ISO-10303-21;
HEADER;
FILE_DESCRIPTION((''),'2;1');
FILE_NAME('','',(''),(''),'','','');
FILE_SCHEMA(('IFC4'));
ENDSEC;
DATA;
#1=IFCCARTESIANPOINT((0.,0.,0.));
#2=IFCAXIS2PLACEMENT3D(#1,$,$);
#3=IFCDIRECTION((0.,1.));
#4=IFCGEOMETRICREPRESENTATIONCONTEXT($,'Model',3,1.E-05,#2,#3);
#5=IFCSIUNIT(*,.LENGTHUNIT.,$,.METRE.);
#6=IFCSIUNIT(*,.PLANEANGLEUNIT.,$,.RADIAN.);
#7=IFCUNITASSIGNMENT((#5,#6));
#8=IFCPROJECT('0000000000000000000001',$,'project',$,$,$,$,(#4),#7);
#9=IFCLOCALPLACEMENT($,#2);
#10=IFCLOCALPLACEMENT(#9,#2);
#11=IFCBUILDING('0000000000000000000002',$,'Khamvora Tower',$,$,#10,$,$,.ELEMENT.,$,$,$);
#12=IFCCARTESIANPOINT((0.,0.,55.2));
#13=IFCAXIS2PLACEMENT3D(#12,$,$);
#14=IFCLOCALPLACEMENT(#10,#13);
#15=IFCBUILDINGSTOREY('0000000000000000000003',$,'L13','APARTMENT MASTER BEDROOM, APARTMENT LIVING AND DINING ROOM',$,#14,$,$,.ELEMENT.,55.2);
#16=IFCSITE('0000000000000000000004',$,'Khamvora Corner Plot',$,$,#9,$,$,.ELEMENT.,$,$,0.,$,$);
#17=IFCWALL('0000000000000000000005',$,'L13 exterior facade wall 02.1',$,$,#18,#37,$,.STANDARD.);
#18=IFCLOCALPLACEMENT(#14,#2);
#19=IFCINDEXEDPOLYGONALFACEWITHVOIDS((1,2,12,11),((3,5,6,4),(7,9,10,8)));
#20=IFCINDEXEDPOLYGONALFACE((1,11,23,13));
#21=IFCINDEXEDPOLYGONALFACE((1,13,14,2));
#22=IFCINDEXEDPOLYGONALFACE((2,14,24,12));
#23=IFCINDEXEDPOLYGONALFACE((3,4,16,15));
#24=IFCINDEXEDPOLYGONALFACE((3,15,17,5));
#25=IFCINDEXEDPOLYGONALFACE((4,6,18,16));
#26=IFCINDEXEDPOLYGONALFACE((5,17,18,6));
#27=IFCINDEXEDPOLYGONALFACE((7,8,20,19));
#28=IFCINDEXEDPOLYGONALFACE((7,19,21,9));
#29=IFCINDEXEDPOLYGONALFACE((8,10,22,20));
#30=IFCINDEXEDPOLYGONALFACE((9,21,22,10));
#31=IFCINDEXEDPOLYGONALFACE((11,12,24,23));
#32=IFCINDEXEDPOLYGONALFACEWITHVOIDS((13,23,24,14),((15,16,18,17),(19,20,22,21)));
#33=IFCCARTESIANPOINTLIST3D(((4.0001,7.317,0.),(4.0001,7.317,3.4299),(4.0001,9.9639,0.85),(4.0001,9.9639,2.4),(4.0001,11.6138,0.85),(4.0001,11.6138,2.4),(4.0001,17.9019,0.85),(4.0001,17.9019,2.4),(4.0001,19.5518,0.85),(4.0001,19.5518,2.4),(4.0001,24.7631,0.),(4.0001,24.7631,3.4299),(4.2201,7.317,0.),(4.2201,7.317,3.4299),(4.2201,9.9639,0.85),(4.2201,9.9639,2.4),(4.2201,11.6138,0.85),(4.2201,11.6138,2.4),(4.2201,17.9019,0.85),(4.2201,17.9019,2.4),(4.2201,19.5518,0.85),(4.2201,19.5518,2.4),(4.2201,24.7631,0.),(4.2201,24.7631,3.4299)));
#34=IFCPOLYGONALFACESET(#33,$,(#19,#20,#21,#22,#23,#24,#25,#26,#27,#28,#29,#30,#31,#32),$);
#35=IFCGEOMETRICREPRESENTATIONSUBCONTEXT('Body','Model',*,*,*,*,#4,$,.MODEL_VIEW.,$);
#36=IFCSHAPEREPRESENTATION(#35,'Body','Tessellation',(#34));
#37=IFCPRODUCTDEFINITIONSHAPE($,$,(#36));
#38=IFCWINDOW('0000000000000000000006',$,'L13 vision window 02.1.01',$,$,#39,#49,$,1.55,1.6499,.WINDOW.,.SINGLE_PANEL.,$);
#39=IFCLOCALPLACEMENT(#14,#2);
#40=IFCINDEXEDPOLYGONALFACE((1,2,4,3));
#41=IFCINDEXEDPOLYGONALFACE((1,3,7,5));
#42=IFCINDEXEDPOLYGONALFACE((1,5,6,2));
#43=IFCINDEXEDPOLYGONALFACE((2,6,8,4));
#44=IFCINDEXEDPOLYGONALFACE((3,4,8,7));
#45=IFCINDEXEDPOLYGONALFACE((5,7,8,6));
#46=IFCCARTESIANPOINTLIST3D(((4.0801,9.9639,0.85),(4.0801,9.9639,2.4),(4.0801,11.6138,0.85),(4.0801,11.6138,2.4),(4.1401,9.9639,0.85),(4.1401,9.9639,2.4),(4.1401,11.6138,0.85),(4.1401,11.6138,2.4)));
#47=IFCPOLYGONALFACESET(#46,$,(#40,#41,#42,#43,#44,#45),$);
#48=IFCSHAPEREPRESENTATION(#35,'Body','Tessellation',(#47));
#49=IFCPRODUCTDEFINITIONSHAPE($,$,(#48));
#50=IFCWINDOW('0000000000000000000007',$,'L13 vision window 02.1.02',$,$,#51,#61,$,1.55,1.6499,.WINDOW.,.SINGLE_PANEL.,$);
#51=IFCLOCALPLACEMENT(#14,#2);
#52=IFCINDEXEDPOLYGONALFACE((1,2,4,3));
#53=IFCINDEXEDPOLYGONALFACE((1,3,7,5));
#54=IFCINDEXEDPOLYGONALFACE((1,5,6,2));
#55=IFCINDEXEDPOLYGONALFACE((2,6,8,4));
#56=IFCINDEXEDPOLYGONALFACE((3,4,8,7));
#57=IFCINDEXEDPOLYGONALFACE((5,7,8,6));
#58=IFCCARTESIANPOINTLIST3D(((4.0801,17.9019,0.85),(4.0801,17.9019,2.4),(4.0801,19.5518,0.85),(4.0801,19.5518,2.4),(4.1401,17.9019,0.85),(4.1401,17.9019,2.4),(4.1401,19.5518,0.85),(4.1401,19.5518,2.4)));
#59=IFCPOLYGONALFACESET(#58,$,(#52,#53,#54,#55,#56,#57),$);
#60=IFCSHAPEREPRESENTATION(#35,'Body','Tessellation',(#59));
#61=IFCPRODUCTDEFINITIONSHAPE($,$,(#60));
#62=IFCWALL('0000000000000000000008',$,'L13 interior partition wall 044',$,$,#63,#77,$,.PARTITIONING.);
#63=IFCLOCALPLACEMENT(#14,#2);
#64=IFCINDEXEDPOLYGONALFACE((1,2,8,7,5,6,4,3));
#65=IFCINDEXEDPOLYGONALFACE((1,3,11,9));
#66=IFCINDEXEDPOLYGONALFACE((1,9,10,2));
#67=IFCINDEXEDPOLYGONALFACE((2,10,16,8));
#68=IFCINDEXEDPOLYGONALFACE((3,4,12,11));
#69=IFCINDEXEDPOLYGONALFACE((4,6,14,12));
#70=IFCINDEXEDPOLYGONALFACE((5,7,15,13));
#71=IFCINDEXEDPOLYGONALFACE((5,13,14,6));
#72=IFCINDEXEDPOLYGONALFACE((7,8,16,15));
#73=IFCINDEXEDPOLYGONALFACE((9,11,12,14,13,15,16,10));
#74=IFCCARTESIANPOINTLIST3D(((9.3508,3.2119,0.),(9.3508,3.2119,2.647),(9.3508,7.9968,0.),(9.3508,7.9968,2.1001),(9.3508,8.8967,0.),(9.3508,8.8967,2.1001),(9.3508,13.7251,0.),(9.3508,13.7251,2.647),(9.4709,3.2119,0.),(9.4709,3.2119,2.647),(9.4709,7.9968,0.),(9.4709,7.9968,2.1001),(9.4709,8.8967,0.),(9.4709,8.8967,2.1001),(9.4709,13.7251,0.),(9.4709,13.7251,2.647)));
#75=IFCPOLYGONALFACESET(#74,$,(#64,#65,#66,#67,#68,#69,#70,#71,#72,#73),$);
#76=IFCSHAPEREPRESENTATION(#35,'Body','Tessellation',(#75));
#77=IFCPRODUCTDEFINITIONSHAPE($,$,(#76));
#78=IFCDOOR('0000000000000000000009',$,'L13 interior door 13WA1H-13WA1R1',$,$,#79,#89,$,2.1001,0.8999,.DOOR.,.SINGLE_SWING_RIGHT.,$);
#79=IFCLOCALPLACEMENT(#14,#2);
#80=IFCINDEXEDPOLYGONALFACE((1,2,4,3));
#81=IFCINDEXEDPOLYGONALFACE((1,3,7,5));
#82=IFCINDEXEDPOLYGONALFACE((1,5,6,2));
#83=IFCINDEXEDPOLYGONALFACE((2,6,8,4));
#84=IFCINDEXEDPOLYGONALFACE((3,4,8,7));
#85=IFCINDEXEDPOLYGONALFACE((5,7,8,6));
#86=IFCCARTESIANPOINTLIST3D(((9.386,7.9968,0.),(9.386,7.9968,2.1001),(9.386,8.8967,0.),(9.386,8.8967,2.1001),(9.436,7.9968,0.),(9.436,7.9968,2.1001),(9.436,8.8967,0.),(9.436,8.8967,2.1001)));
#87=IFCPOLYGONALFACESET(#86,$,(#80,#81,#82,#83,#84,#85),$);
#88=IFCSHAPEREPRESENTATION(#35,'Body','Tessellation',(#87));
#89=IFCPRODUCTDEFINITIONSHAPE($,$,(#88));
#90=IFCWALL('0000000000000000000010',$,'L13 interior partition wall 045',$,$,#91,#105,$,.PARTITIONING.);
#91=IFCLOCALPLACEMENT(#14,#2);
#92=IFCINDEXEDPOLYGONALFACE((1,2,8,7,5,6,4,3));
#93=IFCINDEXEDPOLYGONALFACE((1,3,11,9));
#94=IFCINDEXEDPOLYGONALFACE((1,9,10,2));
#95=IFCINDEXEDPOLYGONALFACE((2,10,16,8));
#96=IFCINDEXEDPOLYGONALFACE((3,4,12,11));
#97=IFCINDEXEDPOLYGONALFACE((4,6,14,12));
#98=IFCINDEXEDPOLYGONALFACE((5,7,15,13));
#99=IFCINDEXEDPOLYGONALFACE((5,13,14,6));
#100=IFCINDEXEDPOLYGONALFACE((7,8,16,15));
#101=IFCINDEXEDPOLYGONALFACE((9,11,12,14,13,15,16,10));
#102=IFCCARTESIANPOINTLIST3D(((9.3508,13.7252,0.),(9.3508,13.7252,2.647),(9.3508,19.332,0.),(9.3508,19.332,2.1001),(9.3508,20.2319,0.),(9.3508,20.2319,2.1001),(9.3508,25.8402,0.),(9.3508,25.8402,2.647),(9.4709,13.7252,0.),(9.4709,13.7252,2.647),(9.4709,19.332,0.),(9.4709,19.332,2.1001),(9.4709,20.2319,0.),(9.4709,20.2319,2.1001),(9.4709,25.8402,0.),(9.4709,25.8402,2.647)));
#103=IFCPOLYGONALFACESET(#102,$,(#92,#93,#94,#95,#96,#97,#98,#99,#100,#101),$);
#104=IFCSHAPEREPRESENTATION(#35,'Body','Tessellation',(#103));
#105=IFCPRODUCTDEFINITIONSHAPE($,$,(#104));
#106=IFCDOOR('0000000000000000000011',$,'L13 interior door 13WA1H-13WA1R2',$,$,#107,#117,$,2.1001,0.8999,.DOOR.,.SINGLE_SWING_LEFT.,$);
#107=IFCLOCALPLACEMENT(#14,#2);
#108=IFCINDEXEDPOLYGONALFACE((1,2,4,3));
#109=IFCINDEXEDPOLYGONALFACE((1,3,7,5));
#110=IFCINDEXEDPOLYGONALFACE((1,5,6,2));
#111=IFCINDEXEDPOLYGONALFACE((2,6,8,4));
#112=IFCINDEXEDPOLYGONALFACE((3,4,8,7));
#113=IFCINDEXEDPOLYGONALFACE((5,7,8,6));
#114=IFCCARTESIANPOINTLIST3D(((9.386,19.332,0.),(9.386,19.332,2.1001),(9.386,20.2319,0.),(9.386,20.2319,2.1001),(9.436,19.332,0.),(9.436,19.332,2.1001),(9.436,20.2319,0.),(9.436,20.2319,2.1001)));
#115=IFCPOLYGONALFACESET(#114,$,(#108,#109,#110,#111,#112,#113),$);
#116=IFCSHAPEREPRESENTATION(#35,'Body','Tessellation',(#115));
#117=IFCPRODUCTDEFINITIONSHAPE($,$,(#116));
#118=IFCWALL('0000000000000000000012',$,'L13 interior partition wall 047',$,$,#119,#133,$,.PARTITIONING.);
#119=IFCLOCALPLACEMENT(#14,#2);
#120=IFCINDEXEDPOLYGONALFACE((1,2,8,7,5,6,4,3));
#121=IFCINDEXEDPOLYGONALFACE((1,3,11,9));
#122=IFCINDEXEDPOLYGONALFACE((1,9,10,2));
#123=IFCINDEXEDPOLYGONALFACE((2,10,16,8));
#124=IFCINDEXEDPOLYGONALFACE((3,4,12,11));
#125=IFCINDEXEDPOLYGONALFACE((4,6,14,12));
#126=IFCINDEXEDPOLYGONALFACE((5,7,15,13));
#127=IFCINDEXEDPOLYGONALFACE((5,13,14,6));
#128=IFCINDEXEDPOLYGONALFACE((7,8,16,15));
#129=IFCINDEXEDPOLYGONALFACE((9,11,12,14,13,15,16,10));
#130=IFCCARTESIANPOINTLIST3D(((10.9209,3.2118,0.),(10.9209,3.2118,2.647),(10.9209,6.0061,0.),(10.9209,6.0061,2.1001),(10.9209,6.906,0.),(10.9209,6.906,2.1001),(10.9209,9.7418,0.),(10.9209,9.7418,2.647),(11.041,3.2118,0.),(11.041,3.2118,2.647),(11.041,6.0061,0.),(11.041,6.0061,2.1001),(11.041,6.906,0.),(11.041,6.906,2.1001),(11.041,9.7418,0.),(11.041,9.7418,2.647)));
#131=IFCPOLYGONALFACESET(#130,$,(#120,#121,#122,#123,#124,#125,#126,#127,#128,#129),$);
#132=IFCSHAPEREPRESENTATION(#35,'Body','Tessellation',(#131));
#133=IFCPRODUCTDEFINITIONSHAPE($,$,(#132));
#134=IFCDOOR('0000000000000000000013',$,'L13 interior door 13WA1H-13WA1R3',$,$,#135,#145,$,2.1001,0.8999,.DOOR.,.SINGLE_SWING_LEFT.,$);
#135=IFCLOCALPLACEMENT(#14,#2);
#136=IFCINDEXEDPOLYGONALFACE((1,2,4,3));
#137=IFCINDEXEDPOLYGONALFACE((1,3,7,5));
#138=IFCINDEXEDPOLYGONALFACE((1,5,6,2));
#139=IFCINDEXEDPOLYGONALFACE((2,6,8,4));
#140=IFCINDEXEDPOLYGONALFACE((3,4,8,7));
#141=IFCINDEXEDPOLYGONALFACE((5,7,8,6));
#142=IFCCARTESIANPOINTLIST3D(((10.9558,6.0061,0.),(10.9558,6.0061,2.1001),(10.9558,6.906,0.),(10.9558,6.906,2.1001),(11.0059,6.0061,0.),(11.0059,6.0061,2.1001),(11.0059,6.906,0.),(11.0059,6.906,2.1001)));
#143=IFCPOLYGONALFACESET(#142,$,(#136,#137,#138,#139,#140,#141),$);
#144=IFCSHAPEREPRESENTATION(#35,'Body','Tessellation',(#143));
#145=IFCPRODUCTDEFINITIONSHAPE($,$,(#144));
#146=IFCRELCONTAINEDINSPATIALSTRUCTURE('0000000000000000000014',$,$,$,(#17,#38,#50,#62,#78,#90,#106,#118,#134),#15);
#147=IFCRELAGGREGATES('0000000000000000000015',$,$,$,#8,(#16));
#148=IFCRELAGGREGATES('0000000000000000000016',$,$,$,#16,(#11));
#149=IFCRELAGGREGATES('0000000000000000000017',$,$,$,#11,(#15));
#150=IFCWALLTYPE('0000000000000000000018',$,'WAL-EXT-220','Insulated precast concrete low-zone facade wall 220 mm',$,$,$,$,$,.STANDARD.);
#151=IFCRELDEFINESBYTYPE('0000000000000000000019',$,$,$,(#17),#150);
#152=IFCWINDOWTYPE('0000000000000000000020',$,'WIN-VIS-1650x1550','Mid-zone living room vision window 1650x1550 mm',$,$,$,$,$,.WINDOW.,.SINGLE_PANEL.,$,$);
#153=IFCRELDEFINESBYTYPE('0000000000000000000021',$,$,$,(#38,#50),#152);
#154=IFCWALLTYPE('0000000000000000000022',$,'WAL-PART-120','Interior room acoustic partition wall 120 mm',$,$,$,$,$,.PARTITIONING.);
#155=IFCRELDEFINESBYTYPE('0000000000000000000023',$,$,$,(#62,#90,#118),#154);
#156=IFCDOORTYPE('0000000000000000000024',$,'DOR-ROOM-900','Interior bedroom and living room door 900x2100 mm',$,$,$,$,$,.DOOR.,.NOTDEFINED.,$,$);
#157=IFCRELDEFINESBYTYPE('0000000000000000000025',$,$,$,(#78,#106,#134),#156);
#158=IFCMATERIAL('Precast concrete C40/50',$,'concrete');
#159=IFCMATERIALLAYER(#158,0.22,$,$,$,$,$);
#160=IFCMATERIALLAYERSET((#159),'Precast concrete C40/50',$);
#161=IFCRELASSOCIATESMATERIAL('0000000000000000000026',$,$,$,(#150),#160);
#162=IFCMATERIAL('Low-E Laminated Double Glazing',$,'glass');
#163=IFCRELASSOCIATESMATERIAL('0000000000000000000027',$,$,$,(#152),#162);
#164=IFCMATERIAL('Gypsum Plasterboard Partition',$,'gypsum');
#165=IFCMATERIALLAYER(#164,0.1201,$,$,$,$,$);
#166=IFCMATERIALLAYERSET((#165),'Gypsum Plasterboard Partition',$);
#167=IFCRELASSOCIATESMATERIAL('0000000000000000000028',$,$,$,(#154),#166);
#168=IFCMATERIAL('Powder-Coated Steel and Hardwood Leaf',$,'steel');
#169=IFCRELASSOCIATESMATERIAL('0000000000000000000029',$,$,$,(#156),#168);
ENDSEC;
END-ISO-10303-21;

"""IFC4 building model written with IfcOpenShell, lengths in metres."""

from ifc_helpers import new_model, si_unit, direction, frame, frame_2d, origin, place, context, subcontext, project, spatial, rectangle, extrude, material, layer, layer_set, type_object, element, fill, save


model = new_model("IFC4")

# Units and contexts
model_context = context("Model", 3, precision=1e-05, world=origin(), true_north=direction((0.0, 1.0)))
body_context = subcontext(model_context, "Body", "Model", "MODEL_VIEW")
ifc_project = project(units=[si_unit("LENGTHUNIT", "METRE"), si_unit("PLANEANGLEUNIT", "RADIAN")], contexts=[model_context])

# Site, building, storey
site_placement = place(None, origin())
site = spatial("IfcSite", under=ifc_project, at=site_placement, Name="Khamvora Corner Plot", CompositionType="ELEMENT", RefElevation=0.0)
building_placement = place(site_placement, origin())
building = spatial("IfcBuilding", under=site, at=building_placement, Name="Khamvora Tower", CompositionType="ELEMENT")
storey_placement = place(building_placement, frame((0.0, 0.0, 55.2)))
storey = spatial("IfcBuildingStorey", under=building, at=storey_placement, Name="L13", Description="APARTMENT MASTER BEDROOM, APARTMENT LIVING AND DINING ROOM", CompositionType="ELEMENT", Elevation=55.2)

# Shared definitions
ifc_material_1 = material(Name="Precast concrete C40/50", Category="concrete")
ifc_layer_1 = layer(ifc_material_1, 0.22)
ifc_layer_set_1 = layer_set([ifc_layer_1], Name="Precast concrete C40/50")
wall_type_1 = type_object("IfcWallType", Name="WAL-EXT-220", Description="Insulated precast concrete low-zone facade wall 220 mm", PredefinedType="STANDARD", material=ifc_layer_set_1)

# Wall, openings, windows
wall_1_placement = place(storey_placement, frame((4.1101, 7.3169, 0.0), z_axis=(0.0, 0.0, 1.0), x_axis=(0.0, 1.0, 0.0)))
wall_1 = element("IfcWall", 1, at=wall_1_placement, inside=storey, type_object=wall_type_1, Name="L13 exterior facade wall 02.1", PredefinedType="STANDARD", context=body_context, shape_type="SweptSolid", body=[
    extrude(rectangle(XDim=17.446, YDim=0.22, at=frame_2d((8.7231, 0.0))), origin(), (0.0, 0.0, 1.0), 3.4299),
])
opening_1_placement = place(wall_1_placement, frame((2.647, 0.0, 0.8501)))
opening_1 = element("IfcOpeningElement", 2, at=opening_1_placement, cuts=wall_1, PredefinedType="OPENING", context=body_context, shape_type="SweptSolid", body=[
    extrude(rectangle(XDim=1.6499, YDim=1.55, at=frame_2d((0.825, 0.7749))), frame((0.0, 0.1199, 0.0), z_axis=(0.0, -1.0, 0.0), x_axis=(1.0, 0.0, 0.0)), (0.0, 0.0, 1.0), 0.24),
])
opening_2_placement = place(wall_1_placement, frame((10.585, 0.0, 0.8501)))
opening_2 = element("IfcOpeningElement", 3, at=opening_2_placement, cuts=wall_1, PredefinedType="OPENING", context=body_context, shape_type="SweptSolid", body=[
    extrude(rectangle(XDim=1.6499, YDim=1.55, at=frame_2d((0.825, 0.7749))), frame((0.0, 0.1199, 0.0), z_axis=(0.0, -1.0, 0.0), x_axis=(1.0, 0.0, 0.0)), (0.0, 0.0, 1.0), 0.24),
])
ifc_material_2 = material(Name="Low-E Laminated Double Glazing", Category="glass")
window_type = type_object("IfcWindowType", Name="WIN-VIS-1650x1550", Description="Mid-zone living room vision window 1650x1550 mm", PartitioningType="SINGLE_PANEL", PredefinedType="WINDOW", material=ifc_material_2)
window_1_placement = place(opening_1_placement, origin())
window_1 = element("IfcWindow", 4, at=window_1_placement, inside=storey, type_object=window_type, Name="L13 vision window 02.1.01", OverallHeight=1.55, OverallWidth=1.6499, PartitioningType="SINGLE_PANEL", PredefinedType="WINDOW", context=body_context, shape_type="SweptSolid", body=[
    extrude(rectangle(XDim=1.6499, YDim=1.55, at=frame_2d((0.825, 0.7749))), frame((0.0, 0.03, 0.0), z_axis=(0.0, -1.0, 0.0), x_axis=(1.0, 0.0, 0.0)), (0.0, 0.0, 1.0), 0.0601),
])
fill(opening_1, window_1)
window_2_placement = place(opening_2_placement, origin())
window_2 = element("IfcWindow", 5, at=window_2_placement, inside=storey, type_object=window_type, Name="L13 vision window 02.1.02", OverallHeight=1.55, OverallWidth=1.6499, PartitioningType="SINGLE_PANEL", PredefinedType="WINDOW", context=body_context, shape_type="SweptSolid", body=[
    extrude(rectangle(XDim=1.6499, YDim=1.55, at=frame_2d((0.825, 0.7749))), frame((0.0, 0.03, 0.0), z_axis=(0.0, -1.0, 0.0), x_axis=(1.0, 0.0, 0.0)), (0.0, 0.0, 1.0), 0.0601),
])
fill(opening_2, window_2)

# Walls, openings, doors
ifc_material_3 = material(Name="Gypsum Plasterboard Partition", Category="gypsum")
ifc_layer_2 = layer(ifc_material_3, 0.1201)
ifc_layer_set_2 = layer_set([ifc_layer_2], Name="Gypsum Plasterboard Partition")
wall_type_2 = type_object("IfcWallType", Name="WAL-PART-120", Description="Interior room acoustic partition wall 120 mm", PredefinedType="PARTITIONING", material=ifc_layer_set_2)
wall_2_placement = place(storey_placement, frame((9.4109, 3.2119, 0.0), z_axis=(0.0, 0.0, 1.0), x_axis=(0.0, 1.0, 0.0)))
wall_2 = element("IfcWall", 6, at=wall_2_placement, inside=storey, type_object=wall_type_2, Name="L13 interior partition wall 044", PredefinedType="PARTITIONING", context=body_context, shape_type="SweptSolid", body=[
    extrude(rectangle(XDim=10.5132, YDim=0.1201, at=frame_2d((5.2566, 0.0))), origin(), (0.0, 0.0, 1.0), 2.647),
])
opening_3_placement = place(wall_2_placement, frame((4.7849, 0.0, 0.0)))
opening_3 = element("IfcOpeningElement", 7, at=opening_3_placement, cuts=wall_2, PredefinedType="OPENING", context=body_context, shape_type="SweptSolid", body=[
    extrude(rectangle(XDim=0.8999, YDim=2.1001, at=frame_2d((0.45, 1.05))), frame((0.0, 0.0701, 0.0), z_axis=(0.0, -1.0, 0.0), x_axis=(1.0, 0.0, 0.0)), (0.0, 0.0, 1.0), 0.1401),
])
ifc_material_4 = material(Name="Powder-Coated Steel and Hardwood Leaf", Category="steel")
door_type = type_object("IfcDoorType", Name="DOR-ROOM-900", Description="Interior bedroom and living room door 900x2100 mm", OperationType="NOTDEFINED", PredefinedType="DOOR", material=ifc_material_4)
door_1_placement = place(opening_3_placement, origin())
door_1 = element("IfcDoor", 8, at=door_1_placement, inside=storey, type_object=door_type, Name="L13 interior door 13WA1H-13WA1R1", OperationType="SINGLE_SWING_RIGHT", OverallHeight=2.1001, OverallWidth=0.8999, PredefinedType="DOOR", context=body_context, shape_type="SweptSolid", body=[
    extrude(rectangle(XDim=0.8999, YDim=2.1001, at=frame_2d((0.45, 1.05))), frame((0.0, 0.0249, 0.0), z_axis=(0.0, -1.0, 0.0), x_axis=(1.0, 0.0, 0.0)), (0.0, 0.0, 1.0), 0.05),
])
fill(opening_3, door_1)
wall_3_placement = place(storey_placement, frame((9.4109, 13.7251, 0.0), z_axis=(0.0, 0.0, 1.0), x_axis=(0.0, 1.0, 0.0)))
wall_3 = element("IfcWall", 9, at=wall_3_placement, inside=storey, type_object=wall_type_2, Name="L13 interior partition wall 045", PredefinedType="PARTITIONING", context=body_context, shape_type="SweptSolid", body=[
    extrude(rectangle(XDim=12.115, YDim=0.1201, at=frame_2d((6.0576, 0.0))), origin(), (0.0, 0.0, 1.0), 2.647),
])
opening_4_placement = place(wall_3_placement, frame((5.6069, 0.0, 0.0)))
opening_4 = element("IfcOpeningElement", 10, at=opening_4_placement, cuts=wall_3, PredefinedType="OPENING", context=body_context, shape_type="SweptSolid", body=[
    extrude(rectangle(XDim=0.8999, YDim=2.1001, at=frame_2d((0.45, 1.05))), frame((0.0, 0.0701, 0.0), z_axis=(0.0, -1.0, 0.0), x_axis=(1.0, 0.0, 0.0)), (0.0, 0.0, 1.0), 0.1401),
])
door_2_placement = place(opening_4_placement, origin())
door_2 = element("IfcDoor", 11, at=door_2_placement, inside=storey, type_object=door_type, Name="L13 interior door 13WA1H-13WA1R2", OperationType="SINGLE_SWING_LEFT", OverallHeight=2.1001, OverallWidth=0.8999, PredefinedType="DOOR", context=body_context, shape_type="SweptSolid", body=[
    extrude(rectangle(XDim=0.8999, YDim=2.1001, at=frame_2d((0.45, 1.05))), frame((0.0, 0.0249, 0.0), z_axis=(0.0, -1.0, 0.0), x_axis=(1.0, 0.0, 0.0)), (0.0, 0.0, 1.0), 0.05),
])
fill(opening_4, door_2)
wall_4_placement = place(storey_placement, frame((10.981, 9.7419, 0.0), z_axis=(0.0, 0.0, 1.0), x_axis=(0.0, -1.0, 0.0)))
wall_4 = element("IfcWall", 12, at=wall_4_placement, inside=storey, type_object=wall_type_2, Name="L13 interior partition wall 047", PredefinedType="PARTITIONING", context=body_context, shape_type="SweptSolid", body=[
    extrude(rectangle(XDim=6.53, YDim=0.1201, at=frame_2d((3.2651, 0.0))), origin(), (0.0, 0.0, 1.0), 2.647),
])
opening_5_placement = place(wall_4_placement, frame((2.8359, 0.0, 0.0)))
opening_5 = element("IfcOpeningElement", 13, at=opening_5_placement, cuts=wall_4, PredefinedType="OPENING", context=body_context, shape_type="SweptSolid", body=[
    extrude(rectangle(XDim=0.8999, YDim=2.1001, at=frame_2d((0.45, 1.05))), frame((0.0, 0.0701, 0.0), z_axis=(0.0, -1.0, 0.0), x_axis=(1.0, 0.0, 0.0)), (0.0, 0.0, 1.0), 0.1401),
])
door_3_placement = place(opening_5_placement, origin())
door_3 = element("IfcDoor", 14, at=door_3_placement, inside=storey, type_object=door_type, Name="L13 interior door 13WA1H-13WA1R3", OperationType="SINGLE_SWING_LEFT", OverallHeight=2.1001, OverallWidth=0.8999, PredefinedType="DOOR", context=body_context, shape_type="SweptSolid", body=[
    extrude(rectangle(XDim=0.8999, YDim=2.1001, at=frame_2d((0.45, 1.05))), frame((0.0, 0.0249, 0.0), z_axis=(0.0, -1.0, 0.0), x_axis=(1.0, 0.0, 0.0)), (0.0, 0.0, 1.0), 0.05),
])
fill(opening_5, door_3)

save(model, "model.ifc")
